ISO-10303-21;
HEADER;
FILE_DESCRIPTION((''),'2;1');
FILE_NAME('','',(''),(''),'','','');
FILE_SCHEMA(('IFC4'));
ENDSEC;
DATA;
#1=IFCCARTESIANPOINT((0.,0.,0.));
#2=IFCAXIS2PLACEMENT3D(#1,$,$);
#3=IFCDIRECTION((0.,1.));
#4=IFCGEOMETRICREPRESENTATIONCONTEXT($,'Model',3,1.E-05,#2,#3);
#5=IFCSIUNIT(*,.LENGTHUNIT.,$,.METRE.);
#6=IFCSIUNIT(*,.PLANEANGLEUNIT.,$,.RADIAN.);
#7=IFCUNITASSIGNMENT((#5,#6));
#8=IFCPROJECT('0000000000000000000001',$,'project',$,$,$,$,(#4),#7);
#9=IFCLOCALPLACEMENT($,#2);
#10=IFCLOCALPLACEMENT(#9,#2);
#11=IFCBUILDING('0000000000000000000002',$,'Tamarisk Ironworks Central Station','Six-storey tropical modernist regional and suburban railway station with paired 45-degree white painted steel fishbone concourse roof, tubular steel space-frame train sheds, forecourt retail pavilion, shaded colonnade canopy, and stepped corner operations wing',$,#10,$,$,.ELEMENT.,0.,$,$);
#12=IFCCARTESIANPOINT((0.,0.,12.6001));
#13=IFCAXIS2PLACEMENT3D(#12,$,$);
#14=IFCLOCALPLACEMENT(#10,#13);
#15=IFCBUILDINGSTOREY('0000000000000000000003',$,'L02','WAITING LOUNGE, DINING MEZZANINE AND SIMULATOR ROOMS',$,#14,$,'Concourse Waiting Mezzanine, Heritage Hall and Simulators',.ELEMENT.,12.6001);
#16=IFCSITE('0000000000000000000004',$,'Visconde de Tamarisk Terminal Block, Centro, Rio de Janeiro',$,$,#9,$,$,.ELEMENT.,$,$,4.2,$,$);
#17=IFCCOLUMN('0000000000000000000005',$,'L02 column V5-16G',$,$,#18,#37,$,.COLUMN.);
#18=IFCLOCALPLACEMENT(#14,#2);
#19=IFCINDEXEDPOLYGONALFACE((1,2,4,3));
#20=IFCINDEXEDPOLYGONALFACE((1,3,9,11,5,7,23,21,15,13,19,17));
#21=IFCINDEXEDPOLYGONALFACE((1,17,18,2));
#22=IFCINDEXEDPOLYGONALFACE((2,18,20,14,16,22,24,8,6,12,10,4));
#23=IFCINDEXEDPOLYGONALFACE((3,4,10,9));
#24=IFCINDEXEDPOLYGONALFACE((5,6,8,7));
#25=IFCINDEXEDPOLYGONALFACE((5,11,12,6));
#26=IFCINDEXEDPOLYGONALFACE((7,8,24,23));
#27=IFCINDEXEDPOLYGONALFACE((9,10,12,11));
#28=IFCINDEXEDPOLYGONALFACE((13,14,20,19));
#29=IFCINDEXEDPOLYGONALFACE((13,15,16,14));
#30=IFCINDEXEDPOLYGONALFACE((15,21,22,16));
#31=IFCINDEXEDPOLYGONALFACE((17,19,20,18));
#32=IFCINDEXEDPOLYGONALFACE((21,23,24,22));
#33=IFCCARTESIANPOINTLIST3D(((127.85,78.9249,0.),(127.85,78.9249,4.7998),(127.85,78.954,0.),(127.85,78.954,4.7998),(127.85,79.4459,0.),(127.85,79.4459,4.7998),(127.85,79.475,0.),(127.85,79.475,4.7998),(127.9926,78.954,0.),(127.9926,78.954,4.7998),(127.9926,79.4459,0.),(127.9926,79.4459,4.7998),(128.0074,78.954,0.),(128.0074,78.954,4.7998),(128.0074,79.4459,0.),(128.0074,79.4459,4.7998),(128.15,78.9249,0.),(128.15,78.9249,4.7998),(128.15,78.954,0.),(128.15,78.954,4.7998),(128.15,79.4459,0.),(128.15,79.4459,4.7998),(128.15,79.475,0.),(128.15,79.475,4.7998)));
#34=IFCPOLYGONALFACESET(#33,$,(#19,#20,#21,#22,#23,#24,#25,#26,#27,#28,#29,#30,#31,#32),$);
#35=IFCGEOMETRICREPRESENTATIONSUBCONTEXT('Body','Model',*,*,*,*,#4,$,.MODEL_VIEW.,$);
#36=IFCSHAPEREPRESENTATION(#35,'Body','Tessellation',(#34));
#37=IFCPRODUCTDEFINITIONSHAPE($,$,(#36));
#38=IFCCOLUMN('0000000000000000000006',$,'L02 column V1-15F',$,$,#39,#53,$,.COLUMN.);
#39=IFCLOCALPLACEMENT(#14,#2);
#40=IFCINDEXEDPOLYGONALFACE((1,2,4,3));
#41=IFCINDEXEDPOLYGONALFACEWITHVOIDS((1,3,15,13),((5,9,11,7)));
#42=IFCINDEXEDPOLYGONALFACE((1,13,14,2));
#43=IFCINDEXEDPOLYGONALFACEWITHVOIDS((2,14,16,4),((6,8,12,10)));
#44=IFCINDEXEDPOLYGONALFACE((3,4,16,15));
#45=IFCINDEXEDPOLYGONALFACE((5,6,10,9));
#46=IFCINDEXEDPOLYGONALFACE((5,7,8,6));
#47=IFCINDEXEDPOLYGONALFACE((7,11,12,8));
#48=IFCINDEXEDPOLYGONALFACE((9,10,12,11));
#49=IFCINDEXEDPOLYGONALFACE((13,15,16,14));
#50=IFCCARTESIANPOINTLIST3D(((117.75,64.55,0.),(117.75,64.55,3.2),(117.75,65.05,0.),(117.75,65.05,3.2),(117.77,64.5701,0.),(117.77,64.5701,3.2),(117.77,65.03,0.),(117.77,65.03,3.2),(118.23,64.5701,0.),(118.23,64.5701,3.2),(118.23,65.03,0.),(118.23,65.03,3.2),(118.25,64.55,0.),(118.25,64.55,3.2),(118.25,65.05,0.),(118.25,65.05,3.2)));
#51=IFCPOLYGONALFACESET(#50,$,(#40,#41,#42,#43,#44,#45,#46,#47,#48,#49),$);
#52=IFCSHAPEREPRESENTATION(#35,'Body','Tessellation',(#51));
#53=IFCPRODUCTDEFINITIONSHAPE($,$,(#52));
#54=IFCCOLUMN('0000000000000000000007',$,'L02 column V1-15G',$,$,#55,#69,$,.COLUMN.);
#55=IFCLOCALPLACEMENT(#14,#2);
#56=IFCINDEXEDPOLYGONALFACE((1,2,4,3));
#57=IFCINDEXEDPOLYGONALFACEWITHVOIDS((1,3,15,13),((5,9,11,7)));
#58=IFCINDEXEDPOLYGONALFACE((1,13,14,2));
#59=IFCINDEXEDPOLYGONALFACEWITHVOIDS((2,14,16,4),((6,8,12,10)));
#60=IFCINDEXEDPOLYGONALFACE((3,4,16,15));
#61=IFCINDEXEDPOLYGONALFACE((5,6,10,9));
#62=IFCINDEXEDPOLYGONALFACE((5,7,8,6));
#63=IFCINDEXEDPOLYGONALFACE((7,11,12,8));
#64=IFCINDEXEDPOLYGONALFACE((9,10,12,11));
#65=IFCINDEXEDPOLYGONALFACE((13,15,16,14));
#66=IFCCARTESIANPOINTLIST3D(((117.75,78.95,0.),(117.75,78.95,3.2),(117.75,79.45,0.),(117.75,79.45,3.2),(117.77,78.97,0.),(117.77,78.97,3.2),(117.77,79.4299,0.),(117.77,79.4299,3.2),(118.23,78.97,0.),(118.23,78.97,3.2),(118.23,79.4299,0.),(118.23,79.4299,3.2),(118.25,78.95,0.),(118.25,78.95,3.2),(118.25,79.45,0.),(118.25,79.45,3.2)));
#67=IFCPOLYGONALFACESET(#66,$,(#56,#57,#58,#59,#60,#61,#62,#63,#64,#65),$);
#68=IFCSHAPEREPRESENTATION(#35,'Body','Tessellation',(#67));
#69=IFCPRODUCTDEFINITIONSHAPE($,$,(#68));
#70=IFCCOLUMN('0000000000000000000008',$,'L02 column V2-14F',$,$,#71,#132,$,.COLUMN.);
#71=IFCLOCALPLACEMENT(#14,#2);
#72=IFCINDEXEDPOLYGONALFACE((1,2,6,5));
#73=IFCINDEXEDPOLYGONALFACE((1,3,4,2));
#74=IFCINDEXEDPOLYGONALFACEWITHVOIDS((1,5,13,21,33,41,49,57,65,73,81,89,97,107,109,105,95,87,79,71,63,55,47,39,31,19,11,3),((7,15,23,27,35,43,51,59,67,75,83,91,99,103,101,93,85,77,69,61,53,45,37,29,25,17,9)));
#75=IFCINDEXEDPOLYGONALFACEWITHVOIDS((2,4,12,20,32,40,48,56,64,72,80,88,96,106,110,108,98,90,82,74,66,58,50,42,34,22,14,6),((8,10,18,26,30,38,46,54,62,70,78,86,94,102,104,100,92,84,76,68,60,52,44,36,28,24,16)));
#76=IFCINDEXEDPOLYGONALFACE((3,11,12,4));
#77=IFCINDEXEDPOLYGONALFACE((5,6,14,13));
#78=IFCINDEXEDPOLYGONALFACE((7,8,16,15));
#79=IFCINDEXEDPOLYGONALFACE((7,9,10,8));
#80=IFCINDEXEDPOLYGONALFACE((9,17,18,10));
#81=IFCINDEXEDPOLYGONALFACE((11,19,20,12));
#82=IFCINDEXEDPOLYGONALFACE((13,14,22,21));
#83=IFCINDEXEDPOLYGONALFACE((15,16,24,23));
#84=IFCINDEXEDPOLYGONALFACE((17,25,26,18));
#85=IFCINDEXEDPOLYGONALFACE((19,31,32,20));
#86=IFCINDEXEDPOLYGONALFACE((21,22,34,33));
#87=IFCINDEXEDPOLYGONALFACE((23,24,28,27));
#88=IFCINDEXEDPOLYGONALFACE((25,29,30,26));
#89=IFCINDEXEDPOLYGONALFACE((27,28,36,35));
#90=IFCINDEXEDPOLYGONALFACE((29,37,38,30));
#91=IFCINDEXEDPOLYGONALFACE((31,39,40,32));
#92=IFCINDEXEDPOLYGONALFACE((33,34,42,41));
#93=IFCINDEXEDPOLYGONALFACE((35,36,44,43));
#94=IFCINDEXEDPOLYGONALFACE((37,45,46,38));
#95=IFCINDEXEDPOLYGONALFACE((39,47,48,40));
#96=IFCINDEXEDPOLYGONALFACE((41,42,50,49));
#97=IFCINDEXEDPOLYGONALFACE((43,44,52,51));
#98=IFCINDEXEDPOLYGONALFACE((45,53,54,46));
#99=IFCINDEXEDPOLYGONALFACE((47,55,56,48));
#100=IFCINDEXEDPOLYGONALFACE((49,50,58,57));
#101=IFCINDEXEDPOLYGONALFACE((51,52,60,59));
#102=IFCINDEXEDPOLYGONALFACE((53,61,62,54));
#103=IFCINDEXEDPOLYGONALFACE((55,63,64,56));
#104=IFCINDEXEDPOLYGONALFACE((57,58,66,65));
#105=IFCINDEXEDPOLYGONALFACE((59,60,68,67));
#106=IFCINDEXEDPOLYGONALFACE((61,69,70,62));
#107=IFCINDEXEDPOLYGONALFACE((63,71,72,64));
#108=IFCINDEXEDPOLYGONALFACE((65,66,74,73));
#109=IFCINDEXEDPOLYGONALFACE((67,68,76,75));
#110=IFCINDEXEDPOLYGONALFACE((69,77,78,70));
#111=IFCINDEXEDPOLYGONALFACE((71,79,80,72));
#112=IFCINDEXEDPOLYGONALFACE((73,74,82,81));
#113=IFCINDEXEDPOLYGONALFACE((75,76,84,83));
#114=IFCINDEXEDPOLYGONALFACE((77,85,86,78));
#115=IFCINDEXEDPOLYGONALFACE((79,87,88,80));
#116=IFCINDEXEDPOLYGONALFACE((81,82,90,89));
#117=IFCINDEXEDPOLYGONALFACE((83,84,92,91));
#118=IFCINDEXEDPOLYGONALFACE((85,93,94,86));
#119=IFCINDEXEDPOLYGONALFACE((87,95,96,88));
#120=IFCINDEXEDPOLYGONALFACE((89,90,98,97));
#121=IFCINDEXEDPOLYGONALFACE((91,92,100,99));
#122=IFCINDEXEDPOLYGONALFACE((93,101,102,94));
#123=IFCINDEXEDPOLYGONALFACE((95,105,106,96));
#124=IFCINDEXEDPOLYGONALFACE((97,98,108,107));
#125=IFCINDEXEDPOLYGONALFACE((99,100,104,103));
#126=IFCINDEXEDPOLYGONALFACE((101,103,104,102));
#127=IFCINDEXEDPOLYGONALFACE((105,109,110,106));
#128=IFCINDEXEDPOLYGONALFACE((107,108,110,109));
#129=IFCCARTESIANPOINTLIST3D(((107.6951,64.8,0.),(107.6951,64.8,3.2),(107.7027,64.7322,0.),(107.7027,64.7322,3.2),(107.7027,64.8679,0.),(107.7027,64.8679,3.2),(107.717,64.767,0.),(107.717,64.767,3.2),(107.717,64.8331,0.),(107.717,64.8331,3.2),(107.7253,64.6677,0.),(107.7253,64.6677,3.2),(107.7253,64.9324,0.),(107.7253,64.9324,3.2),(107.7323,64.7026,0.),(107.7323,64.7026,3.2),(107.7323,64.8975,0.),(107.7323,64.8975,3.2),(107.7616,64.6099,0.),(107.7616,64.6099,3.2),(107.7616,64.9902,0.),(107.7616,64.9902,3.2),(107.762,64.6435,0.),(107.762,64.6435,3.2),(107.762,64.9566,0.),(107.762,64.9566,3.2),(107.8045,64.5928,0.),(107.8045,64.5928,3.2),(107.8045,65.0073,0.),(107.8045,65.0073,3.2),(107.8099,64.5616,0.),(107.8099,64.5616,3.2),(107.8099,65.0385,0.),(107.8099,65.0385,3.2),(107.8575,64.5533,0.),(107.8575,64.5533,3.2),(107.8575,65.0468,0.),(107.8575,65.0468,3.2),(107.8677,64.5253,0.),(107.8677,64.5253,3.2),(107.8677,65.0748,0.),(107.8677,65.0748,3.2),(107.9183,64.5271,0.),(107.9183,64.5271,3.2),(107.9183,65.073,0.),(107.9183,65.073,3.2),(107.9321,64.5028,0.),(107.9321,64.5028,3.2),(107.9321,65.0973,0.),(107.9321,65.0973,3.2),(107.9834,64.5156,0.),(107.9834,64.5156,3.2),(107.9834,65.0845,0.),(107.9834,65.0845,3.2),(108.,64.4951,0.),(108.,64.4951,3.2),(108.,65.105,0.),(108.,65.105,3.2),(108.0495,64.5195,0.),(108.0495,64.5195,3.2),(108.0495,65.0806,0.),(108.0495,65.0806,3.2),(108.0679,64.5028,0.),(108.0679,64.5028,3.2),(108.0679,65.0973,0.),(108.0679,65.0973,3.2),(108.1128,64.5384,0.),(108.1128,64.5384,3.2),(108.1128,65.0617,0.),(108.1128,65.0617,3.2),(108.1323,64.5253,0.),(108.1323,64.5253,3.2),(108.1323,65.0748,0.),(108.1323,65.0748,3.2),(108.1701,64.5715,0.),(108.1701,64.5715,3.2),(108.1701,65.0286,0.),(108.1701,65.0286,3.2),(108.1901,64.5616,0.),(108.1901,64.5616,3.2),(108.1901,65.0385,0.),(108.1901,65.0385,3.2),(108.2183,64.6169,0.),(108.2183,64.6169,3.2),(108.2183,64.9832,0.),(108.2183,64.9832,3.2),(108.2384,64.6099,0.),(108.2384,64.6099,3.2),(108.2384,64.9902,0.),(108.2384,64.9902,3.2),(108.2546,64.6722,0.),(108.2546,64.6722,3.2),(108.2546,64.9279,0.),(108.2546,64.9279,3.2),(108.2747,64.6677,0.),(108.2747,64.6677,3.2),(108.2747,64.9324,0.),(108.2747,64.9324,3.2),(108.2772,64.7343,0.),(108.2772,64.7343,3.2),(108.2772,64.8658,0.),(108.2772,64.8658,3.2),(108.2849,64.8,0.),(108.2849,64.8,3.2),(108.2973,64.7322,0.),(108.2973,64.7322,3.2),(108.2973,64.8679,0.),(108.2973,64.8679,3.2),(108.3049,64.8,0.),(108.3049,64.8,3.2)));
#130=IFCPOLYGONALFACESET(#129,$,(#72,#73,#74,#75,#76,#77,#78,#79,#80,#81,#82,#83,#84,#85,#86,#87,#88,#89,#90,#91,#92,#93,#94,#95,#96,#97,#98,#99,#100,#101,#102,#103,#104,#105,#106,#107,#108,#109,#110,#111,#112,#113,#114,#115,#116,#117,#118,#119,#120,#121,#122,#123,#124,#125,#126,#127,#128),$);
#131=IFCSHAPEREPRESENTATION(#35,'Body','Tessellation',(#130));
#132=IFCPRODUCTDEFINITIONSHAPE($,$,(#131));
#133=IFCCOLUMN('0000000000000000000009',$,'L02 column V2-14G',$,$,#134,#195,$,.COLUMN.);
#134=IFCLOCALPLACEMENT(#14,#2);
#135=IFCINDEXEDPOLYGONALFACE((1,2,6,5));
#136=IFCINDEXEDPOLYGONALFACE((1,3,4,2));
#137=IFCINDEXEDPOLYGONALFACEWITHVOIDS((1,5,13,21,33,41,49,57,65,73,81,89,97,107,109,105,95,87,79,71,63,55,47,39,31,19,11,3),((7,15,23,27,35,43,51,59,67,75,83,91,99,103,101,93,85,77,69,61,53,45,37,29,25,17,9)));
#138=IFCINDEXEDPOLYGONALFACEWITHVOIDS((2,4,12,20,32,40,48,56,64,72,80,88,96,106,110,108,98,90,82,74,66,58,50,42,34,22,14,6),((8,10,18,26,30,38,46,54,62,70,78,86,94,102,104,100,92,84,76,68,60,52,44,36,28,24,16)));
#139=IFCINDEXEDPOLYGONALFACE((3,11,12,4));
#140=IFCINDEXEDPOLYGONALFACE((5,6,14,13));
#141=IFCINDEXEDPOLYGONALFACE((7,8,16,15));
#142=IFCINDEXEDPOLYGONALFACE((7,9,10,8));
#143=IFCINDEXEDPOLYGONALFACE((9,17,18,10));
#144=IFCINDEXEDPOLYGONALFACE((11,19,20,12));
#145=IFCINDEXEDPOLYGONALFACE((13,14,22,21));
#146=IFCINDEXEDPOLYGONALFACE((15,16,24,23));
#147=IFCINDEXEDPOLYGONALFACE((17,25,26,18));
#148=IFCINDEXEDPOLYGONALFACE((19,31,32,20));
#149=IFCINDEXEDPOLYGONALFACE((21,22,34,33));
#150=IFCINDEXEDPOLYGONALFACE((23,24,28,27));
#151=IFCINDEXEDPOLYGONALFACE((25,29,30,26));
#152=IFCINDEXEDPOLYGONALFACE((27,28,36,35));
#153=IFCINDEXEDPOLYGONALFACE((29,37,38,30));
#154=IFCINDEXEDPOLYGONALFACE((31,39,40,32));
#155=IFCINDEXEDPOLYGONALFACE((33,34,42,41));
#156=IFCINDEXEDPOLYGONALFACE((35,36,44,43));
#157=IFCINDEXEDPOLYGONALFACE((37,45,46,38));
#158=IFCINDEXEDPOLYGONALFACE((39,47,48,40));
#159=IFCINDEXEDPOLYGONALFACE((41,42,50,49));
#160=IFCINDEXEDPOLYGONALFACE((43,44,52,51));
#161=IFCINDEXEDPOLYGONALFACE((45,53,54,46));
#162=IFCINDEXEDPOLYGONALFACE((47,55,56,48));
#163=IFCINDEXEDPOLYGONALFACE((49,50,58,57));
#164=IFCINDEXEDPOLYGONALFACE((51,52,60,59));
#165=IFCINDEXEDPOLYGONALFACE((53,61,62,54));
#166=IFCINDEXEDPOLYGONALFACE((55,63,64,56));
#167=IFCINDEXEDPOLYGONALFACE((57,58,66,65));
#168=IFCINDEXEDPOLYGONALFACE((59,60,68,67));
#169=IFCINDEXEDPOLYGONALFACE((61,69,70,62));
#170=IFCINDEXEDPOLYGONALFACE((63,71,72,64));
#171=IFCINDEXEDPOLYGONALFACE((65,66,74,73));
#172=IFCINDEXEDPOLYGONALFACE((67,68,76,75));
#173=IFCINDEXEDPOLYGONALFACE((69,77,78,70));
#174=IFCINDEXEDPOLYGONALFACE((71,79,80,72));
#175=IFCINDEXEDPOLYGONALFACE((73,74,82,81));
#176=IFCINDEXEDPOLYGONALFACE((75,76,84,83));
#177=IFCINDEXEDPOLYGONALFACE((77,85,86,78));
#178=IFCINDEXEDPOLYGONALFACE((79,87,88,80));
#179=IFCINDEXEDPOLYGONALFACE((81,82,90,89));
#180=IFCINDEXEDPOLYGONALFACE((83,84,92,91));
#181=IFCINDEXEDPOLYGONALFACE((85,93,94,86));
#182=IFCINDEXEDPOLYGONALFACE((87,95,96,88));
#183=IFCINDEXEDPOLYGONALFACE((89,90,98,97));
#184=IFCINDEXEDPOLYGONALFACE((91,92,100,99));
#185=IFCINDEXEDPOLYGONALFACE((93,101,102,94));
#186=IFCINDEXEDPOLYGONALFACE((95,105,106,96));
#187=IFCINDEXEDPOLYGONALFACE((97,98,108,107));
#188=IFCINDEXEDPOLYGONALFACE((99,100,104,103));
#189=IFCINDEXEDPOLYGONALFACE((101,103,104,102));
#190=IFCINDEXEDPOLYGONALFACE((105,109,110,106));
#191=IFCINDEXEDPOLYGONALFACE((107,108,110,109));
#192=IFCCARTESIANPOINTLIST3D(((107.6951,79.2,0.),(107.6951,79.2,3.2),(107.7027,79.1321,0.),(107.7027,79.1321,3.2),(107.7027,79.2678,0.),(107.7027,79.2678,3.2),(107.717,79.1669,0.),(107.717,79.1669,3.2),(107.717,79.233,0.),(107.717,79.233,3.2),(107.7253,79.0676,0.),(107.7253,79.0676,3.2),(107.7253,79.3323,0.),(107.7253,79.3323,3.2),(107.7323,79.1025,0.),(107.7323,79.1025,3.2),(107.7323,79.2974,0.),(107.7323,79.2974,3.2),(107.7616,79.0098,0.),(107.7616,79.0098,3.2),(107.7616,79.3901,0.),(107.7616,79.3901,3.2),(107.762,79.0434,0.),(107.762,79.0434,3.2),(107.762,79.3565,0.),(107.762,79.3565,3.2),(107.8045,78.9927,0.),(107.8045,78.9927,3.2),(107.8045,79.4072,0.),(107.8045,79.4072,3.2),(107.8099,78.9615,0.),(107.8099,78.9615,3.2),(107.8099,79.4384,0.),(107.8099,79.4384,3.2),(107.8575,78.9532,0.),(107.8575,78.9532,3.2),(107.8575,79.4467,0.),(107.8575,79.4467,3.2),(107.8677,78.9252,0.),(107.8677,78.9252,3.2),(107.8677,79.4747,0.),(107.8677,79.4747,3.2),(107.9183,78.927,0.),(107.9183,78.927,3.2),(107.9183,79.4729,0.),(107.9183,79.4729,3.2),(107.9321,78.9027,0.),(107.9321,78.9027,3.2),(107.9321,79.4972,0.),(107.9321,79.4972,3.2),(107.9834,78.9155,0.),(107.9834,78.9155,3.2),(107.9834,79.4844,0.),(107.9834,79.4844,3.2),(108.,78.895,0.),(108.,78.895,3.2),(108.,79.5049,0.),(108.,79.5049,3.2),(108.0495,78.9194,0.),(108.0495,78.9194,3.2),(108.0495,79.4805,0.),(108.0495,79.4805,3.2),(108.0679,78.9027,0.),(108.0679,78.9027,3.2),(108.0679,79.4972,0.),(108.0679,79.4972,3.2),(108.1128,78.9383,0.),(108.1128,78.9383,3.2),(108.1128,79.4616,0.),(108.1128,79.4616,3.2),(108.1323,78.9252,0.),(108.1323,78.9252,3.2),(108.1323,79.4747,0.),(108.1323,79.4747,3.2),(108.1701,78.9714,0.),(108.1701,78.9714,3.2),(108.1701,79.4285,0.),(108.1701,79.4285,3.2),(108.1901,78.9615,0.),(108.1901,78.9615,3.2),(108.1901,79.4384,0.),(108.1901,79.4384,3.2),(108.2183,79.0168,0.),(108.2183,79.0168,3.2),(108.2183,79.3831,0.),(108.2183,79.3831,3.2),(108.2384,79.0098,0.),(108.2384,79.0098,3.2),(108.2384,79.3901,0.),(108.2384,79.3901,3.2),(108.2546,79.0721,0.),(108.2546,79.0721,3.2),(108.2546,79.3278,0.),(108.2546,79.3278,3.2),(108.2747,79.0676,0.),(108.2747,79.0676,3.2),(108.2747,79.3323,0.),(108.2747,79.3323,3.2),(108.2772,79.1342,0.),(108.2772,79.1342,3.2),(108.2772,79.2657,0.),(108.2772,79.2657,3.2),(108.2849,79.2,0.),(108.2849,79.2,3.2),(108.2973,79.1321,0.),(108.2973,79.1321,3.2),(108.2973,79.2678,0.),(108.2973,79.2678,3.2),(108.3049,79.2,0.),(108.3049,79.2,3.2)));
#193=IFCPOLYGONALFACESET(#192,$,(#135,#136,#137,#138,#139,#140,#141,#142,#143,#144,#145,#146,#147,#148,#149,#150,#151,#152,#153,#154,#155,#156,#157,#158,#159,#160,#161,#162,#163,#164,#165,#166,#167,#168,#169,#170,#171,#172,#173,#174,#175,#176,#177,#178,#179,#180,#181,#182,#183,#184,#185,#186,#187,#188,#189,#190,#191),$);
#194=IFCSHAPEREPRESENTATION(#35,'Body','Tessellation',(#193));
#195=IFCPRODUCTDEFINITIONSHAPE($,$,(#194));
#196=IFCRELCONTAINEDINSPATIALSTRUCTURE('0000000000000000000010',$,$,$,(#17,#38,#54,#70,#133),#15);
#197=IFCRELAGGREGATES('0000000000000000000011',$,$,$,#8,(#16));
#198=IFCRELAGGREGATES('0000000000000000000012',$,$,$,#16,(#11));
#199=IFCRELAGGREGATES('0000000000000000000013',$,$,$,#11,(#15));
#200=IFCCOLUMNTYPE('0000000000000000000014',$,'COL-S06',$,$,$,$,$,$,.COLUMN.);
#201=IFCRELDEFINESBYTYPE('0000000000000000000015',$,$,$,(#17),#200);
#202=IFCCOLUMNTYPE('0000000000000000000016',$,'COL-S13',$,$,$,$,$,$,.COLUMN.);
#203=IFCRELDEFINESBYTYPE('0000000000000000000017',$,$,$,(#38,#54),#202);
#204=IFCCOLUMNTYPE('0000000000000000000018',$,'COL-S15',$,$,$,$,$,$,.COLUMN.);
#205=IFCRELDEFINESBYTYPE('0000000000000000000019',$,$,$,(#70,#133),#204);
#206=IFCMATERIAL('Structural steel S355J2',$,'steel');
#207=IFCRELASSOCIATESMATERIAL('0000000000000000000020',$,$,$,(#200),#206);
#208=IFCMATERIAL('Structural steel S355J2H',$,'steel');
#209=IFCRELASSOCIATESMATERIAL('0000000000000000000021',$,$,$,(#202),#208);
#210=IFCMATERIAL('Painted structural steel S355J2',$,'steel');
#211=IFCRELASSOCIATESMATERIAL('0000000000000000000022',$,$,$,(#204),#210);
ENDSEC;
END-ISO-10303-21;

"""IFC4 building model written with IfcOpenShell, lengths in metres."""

from ifc_helpers import new_model, si_unit, direction, frame, origin, origin_2d, place, context, subcontext, project, spatial, hollow_rectangle, hollow_circle, i_section, extrude, material, material_profile, profile_set, type_object, element, save


model = new_model("IFC4")

# Units and contexts
model_context = context("Model", 3, precision=1e-05, world=origin(), true_north=direction((0.0, 1.0)))
body_context = subcontext(model_context, "Body", "Model", "MODEL_VIEW")
ifc_project = project(units=[si_unit("LENGTHUNIT", "METRE"), si_unit("PLANEANGLEUNIT", "RADIAN")], contexts=[model_context])

# Site, building, storey
site_placement = place(None, origin())
site = spatial("IfcSite", under=ifc_project, at=site_placement, Name="Visconde de Tamarisk Terminal Block, Centro, Rio de Janeiro", CompositionType="ELEMENT", RefElevation=4.2)
building_placement = place(site_placement, origin())
building = spatial("IfcBuilding", under=site, at=building_placement, Name="Tamarisk Ironworks Central Station", Description="Six-storey tropical modernist regional and suburban railway station with paired 45-degree white painted steel fishbone concourse roof, tubular steel space-frame train sheds, forecourt retail pavilion, shaded colonnade canopy, and stepped corner operations wing", CompositionType="ELEMENT", ElevationOfRefHeight=0.0)
storey_placement = place(building_placement, frame((0.0, 0.0, 12.6001)))
storey = spatial("IfcBuildingStorey", under=building, at=storey_placement, Name="L02", Description="WAITING LOUNGE, DINING MEZZANINE AND SIMULATOR ROOMS", LongName="Concourse Waiting Mezzanine, Heritage Hall and Simulators", CompositionType="ELEMENT", Elevation=12.6001)

# Columns
ifc_material_1 = material(Name="Structural steel S355J2", Category="steel")
ifc_material_profile_1 = material_profile(ifc_material_1, i_section(OverallWidth=0.3, OverallDepth=0.55, WebThickness=0.0149, FlangeThickness=0.0291, at=origin_2d()), Name="HEB 550")
ifc_profile_set_1 = profile_set([ifc_material_profile_1], Name="Structural steel S355J2")
column_type_1 = type_object("IfcColumnType", Name="COL-S06", PredefinedType="COLUMN", material=ifc_profile_set_1)
column_1_placement = place(storey_placement, frame((128.0, 79.2, 0.0), z_axis=(0.0, 0.0, 1.0), x_axis=(1.0, 0.0, 0.0)))
element("IfcColumn", 1, at=column_1_placement, inside=storey, type_object=column_type_1, Name="L02 column V5-16G", PredefinedType="COLUMN", context=body_context, shape_type="SweptSolid", body=[
    extrude(i_section(OverallWidth=0.3, OverallDepth=0.55, WebThickness=0.0149, FlangeThickness=0.0291, at=origin_2d()), origin(), (0.0, 0.0, 1.0), 4.7998),
])
ifc_material_2 = material(Name="Structural steel S355J2H", Category="steel")
ifc_material_profile_2 = material_profile(ifc_material_2, hollow_rectangle(XDim=0.5, YDim=0.5, WallThickness=0.02, at=origin_2d()), Name="SHS 500x500x20")
ifc_profile_set_2 = profile_set([ifc_material_profile_2], Name="Structural steel S355J2H")
column_type_2 = type_object("IfcColumnType", Name="COL-S13", PredefinedType="COLUMN", material=ifc_profile_set_2)
for number, where, z_axis, x_axis, name in (
    (2, (118.0, 64.8, 0.0), (0.0, 0.0, 1.0), (1.0, 0.0, 0.0), "L02 column V1-15F"),
    (3, (118.0, 79.2, 0.0), (0.0, 0.0, 1.0), (1.0, 0.0, 0.0), "L02 column V1-15G"),
):
    element("IfcColumn", number, at=place(storey_placement, frame(where, z_axis=z_axis, x_axis=x_axis)), inside=storey, type_object=column_type_2, Name=name, PredefinedType="COLUMN", context=body_context, shape_type="SweptSolid", body=[
        extrude(hollow_rectangle(XDim=0.5, YDim=0.5, WallThickness=0.02, at=origin_2d()), origin(), (0.0, 0.0, 1.0), 3.2),
    ])
ifc_material_3 = material(Name="Painted structural steel S355J2", Category="steel")
ifc_material_profile_3 = material_profile(ifc_material_3, hollow_circle(Radius=0.3049, WallThickness=0.02, at=origin_2d()), Name="CHS 610x20")
ifc_profile_set_3 = profile_set([ifc_material_profile_3], Name="Painted structural steel S355J2")
column_type_3 = type_object("IfcColumnType", Name="COL-S15", PredefinedType="COLUMN", material=ifc_profile_set_3)
for number, where, z_axis, x_axis, name in (
    (4, (108.0, 64.8, 0.0), (0.0, 0.0, 1.0), (1.0, 0.0, 0.0), "L02 column V2-14F"),
    (5, (108.0, 79.2, 0.0), (0.0, 0.0, 1.0), (1.0, 0.0, 0.0), "L02 column V2-14G"),
):
    element("IfcColumn", number, at=place(storey_placement, frame(where, z_axis=z_axis, x_axis=x_axis)), inside=storey, type_object=column_type_3, Name=name, PredefinedType="COLUMN", context=body_context, shape_type="SweptSolid", body=[
        extrude(hollow_circle(Radius=0.3049, WallThickness=0.02, at=origin_2d()), origin(), (0.0, 0.0, 1.0), 3.2),
    ])

save(model, "model.ifc")
